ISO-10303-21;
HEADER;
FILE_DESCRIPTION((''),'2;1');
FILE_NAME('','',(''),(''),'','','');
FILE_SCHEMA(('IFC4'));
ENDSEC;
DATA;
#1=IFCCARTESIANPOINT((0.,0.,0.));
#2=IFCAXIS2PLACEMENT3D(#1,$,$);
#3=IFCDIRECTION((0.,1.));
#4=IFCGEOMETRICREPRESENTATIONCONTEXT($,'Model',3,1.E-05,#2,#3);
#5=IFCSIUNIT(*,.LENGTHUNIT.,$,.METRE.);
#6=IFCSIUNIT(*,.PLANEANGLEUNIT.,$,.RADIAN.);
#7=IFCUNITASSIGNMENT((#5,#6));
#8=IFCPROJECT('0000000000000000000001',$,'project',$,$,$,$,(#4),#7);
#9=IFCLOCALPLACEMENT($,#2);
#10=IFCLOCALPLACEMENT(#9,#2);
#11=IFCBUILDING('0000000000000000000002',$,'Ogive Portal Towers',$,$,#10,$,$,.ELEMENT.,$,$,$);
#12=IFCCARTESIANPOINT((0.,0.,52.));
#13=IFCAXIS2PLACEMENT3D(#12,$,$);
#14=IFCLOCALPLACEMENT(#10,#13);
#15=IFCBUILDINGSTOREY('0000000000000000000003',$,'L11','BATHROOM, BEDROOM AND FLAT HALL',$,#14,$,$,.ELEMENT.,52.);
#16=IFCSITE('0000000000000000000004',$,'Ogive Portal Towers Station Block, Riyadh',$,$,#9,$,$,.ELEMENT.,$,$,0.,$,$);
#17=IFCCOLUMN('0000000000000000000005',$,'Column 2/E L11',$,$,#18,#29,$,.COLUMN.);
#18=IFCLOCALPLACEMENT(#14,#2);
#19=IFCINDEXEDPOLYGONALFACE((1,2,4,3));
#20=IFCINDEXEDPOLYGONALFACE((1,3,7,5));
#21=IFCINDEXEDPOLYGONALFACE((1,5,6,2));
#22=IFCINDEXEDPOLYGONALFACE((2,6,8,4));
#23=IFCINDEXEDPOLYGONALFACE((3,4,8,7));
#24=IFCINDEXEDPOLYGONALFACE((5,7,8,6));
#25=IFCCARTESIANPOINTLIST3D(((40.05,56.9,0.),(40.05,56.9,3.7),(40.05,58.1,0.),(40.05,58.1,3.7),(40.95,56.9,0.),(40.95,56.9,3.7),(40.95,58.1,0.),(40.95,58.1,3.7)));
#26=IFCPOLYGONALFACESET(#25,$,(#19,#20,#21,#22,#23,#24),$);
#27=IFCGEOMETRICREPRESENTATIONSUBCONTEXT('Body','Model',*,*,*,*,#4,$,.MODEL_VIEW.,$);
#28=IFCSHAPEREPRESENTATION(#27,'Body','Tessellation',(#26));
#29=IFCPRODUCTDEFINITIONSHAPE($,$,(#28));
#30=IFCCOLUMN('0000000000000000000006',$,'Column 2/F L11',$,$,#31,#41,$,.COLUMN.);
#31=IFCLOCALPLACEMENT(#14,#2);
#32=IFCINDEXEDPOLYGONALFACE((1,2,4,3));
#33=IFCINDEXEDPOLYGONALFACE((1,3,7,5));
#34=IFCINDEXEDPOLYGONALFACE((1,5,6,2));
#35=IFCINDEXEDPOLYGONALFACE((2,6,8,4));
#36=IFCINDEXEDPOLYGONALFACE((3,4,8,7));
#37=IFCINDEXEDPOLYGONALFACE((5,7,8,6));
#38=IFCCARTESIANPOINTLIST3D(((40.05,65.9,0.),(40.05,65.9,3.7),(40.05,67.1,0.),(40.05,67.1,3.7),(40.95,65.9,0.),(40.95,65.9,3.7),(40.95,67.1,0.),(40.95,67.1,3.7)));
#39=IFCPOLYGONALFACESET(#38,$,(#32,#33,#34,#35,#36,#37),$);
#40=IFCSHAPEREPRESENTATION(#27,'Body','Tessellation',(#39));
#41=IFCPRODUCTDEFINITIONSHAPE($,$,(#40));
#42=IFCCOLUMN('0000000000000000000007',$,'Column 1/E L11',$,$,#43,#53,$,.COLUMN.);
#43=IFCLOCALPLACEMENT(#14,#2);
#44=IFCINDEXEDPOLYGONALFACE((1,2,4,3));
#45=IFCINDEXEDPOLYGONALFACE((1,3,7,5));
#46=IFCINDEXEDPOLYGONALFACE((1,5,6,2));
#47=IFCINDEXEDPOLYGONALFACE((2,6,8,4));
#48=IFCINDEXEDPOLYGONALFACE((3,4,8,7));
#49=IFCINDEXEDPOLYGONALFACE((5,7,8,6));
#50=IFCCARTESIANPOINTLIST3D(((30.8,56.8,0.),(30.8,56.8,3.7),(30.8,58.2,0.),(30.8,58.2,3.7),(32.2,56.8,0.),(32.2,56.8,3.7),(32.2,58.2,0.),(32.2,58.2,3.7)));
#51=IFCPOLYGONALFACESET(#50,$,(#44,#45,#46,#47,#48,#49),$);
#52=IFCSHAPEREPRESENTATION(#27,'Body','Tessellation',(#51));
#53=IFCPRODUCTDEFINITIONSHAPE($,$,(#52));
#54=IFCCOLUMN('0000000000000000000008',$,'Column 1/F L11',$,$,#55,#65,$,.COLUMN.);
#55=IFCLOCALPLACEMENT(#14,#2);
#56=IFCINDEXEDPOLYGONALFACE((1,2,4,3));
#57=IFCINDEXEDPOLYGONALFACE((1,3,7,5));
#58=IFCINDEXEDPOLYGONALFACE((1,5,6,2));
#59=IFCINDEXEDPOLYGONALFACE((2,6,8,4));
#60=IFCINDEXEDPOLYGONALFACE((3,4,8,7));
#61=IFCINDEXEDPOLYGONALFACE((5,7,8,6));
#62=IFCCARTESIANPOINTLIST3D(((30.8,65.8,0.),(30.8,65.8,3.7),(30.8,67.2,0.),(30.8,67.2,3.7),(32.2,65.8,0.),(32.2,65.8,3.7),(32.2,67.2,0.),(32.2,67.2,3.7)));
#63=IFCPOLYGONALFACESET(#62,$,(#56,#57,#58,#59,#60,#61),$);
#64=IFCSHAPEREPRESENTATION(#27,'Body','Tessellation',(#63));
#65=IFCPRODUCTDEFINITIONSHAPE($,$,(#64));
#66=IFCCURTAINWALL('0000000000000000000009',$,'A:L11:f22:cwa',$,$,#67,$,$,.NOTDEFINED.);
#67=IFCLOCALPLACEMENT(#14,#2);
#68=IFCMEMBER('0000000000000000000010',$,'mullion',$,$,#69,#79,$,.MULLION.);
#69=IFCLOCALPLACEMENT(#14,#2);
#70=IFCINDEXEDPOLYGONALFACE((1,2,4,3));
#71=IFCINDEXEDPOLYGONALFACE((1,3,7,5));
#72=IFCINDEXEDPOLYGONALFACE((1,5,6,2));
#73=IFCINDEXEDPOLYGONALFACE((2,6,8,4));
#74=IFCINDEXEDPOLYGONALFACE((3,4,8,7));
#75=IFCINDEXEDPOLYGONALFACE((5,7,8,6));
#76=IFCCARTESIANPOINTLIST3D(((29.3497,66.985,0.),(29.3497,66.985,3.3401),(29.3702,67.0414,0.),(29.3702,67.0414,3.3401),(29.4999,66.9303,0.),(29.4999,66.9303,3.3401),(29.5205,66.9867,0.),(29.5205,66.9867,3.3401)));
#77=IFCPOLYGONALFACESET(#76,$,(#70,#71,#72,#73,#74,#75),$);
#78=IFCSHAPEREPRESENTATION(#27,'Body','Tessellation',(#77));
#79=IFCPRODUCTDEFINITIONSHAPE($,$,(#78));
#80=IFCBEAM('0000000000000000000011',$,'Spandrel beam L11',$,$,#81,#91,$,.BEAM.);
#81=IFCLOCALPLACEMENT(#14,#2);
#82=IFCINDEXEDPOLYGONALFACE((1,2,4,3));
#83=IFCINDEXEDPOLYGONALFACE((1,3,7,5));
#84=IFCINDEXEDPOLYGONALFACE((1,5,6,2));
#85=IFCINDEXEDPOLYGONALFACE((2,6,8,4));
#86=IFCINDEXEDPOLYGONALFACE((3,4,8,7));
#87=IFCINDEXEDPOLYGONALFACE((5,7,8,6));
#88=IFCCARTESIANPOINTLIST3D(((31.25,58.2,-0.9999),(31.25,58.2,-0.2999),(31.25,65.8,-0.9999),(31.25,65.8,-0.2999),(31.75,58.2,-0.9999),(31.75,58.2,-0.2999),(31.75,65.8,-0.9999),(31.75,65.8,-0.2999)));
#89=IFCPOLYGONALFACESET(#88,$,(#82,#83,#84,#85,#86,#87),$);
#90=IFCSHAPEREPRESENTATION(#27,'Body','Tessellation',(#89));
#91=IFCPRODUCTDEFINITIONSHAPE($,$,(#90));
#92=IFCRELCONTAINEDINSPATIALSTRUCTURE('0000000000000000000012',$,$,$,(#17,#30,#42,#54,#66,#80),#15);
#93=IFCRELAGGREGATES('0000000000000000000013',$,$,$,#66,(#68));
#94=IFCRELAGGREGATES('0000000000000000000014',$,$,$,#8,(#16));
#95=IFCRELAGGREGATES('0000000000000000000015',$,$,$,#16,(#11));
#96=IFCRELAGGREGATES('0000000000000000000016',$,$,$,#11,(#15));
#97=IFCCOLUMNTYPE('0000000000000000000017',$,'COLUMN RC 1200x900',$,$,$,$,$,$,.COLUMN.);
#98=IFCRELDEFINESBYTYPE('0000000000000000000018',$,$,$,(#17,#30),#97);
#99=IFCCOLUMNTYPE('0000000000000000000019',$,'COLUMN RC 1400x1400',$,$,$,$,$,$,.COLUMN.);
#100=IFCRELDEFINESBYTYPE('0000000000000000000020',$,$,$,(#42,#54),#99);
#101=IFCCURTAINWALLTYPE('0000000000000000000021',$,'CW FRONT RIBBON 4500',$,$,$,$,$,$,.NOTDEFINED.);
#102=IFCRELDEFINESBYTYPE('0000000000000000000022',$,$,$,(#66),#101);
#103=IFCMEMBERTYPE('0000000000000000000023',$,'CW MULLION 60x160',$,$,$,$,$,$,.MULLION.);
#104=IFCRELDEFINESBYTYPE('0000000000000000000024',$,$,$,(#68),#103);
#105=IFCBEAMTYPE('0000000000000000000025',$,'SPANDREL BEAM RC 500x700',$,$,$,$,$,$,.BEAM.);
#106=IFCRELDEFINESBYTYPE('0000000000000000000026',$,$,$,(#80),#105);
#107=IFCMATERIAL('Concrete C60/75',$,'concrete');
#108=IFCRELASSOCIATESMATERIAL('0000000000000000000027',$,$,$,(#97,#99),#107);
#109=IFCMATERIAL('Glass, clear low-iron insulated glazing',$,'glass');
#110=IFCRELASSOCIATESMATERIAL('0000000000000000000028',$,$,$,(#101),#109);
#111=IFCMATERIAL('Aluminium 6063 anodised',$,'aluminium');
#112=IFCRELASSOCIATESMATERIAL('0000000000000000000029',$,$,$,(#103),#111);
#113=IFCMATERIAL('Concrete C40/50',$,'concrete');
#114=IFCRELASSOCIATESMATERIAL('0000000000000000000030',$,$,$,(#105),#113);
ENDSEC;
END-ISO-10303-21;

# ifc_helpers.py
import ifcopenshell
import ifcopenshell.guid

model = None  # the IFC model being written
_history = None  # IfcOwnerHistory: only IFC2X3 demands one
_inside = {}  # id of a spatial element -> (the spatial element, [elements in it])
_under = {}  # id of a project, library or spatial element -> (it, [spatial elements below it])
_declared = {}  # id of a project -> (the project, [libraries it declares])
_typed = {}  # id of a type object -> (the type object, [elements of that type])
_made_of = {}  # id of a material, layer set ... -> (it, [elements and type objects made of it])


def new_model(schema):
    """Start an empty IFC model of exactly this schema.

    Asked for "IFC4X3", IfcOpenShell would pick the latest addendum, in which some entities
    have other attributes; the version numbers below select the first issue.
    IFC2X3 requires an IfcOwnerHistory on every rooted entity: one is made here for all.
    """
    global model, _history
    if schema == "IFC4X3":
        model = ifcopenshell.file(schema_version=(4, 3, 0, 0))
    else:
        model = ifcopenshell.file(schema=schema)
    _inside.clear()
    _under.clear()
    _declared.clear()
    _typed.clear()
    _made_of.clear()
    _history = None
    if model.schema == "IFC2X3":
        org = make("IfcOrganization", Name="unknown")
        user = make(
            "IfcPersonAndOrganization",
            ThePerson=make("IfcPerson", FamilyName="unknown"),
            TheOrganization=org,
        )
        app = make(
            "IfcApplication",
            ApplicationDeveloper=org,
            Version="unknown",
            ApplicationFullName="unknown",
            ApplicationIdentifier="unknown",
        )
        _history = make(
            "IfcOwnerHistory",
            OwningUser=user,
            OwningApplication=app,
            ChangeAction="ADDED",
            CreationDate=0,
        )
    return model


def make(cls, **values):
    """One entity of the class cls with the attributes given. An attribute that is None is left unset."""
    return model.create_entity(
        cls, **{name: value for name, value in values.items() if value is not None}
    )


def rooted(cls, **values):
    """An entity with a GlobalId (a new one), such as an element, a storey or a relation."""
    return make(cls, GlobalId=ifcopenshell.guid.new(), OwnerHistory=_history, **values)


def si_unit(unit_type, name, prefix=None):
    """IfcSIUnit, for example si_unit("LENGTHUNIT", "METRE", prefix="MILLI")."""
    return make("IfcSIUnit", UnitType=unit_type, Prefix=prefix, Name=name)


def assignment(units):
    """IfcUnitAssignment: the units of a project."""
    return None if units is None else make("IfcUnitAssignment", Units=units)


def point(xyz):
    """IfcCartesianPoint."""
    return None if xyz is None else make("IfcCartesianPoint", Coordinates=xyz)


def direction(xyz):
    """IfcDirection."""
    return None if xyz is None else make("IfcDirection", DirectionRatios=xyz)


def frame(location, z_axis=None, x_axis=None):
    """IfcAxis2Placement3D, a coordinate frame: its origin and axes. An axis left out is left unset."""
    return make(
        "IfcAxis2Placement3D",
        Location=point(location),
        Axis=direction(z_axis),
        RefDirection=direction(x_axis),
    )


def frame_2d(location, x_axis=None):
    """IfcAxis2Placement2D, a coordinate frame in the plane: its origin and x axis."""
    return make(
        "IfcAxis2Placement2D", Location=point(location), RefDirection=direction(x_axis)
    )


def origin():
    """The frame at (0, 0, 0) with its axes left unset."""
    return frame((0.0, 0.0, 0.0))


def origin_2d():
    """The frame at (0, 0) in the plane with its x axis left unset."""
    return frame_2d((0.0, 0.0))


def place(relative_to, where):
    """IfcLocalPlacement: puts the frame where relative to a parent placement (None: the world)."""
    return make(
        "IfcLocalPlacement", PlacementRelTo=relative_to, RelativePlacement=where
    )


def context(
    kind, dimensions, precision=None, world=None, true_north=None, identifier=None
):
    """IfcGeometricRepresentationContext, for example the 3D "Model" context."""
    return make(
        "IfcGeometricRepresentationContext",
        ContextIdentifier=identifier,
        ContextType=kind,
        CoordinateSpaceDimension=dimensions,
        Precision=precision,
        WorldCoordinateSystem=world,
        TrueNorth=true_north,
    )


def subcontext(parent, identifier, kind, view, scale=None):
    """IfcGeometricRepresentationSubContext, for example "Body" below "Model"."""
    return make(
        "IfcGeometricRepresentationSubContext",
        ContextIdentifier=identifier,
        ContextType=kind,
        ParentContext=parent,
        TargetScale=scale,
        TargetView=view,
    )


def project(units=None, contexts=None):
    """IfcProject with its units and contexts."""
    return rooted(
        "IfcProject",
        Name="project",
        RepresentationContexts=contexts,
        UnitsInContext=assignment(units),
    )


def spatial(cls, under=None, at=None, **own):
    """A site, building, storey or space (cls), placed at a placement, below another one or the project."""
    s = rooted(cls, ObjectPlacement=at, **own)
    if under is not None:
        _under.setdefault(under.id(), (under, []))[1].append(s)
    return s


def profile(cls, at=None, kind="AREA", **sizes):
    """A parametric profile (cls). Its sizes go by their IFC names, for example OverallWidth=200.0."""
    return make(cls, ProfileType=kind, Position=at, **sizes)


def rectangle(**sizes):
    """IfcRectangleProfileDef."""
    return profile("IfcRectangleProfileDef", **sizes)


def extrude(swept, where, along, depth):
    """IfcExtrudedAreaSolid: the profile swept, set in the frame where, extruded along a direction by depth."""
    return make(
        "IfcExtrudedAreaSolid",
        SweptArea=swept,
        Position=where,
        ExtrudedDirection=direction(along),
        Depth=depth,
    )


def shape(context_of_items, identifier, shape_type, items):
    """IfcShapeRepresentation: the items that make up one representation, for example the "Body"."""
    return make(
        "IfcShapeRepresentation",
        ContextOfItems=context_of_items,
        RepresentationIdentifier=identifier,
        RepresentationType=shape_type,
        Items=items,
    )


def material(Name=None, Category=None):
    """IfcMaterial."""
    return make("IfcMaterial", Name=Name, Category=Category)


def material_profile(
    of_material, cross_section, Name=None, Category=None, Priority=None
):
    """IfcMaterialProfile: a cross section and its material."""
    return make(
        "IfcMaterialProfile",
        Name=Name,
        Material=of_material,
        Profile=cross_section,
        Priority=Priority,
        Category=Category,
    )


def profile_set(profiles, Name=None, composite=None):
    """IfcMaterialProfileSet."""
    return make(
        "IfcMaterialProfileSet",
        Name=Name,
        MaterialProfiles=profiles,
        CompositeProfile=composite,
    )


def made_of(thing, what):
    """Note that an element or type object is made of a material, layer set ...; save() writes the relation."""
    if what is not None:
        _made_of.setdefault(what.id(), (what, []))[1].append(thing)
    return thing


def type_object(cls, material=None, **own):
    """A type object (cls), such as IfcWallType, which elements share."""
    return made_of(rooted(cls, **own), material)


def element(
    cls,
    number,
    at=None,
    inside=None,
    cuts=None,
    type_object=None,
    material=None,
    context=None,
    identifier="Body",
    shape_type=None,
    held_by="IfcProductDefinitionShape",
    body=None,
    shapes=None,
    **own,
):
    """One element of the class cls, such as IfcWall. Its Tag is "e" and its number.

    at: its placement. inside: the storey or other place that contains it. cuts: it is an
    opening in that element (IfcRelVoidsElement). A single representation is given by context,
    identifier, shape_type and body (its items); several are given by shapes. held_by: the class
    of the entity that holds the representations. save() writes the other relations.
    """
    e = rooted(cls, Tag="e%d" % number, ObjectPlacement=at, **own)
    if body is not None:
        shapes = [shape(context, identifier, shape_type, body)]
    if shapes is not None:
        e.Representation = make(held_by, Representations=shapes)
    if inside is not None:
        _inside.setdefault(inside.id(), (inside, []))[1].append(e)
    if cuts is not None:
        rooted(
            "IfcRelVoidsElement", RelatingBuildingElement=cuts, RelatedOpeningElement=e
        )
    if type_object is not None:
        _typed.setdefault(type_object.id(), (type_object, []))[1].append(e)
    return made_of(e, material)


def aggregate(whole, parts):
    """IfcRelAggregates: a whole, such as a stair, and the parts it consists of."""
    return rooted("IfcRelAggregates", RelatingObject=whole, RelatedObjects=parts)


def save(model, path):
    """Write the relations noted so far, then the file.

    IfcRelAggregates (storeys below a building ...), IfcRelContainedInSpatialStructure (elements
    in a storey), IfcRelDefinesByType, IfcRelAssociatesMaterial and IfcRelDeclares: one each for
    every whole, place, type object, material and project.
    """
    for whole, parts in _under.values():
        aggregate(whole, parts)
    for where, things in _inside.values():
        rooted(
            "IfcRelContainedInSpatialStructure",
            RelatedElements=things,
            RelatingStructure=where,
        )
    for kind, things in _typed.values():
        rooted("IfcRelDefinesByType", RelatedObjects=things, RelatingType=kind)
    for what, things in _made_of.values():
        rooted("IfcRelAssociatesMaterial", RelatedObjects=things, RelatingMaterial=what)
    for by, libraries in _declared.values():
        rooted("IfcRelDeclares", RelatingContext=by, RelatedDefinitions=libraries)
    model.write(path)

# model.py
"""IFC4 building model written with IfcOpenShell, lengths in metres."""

from ifc_helpers import new_model, si_unit, direction, frame, origin, origin_2d, place, context, subcontext, project, spatial, rectangle, extrude, material, material_profile, profile_set, type_object, element, aggregate, save


model = new_model("IFC4")

# Units and contexts
model_context = context("Model", 3, precision=1e-05, world=origin(), true_north=direction((0.0, 1.0)))
body_context = subcontext(model_context, "Body", "Model", "MODEL_VIEW")
ifc_project = project(units=[si_unit("LENGTHUNIT", "METRE"), si_unit("PLANEANGLEUNIT", "RADIAN")], contexts=[model_context])

# Site, building, storey
site_placement = place(None, origin())
site = spatial("IfcSite", under=ifc_project, at=site_placement, Name="Ogive Portal Towers Station Block, Riyadh", CompositionType="ELEMENT", RefElevation=0.0)
building_placement = place(site_placement, origin())
building = spatial("IfcBuilding", under=site, at=building_placement, Name="Ogive Portal Towers", CompositionType="ELEMENT")
storey_placement = place(building_placement, frame((0.0, 0.0, 52.0)))
storey = spatial("IfcBuildingStorey", under=building, at=storey_placement, Name="L11", Description="BATHROOM, BEDROOM AND FLAT HALL", CompositionType="ELEMENT", Elevation=52.0)

# Columns
ifc_material_1 = material(Name="Concrete C60/75", Category="concrete")
ifc_material_profile_1 = material_profile(ifc_material_1, rectangle(XDim=1.2, YDim=0.8999, at=origin_2d()), Name="RC 1200x900")
ifc_profile_set_1 = profile_set([ifc_material_profile_1], Name="Concrete C60/75")
column_type_1 = type_object("IfcColumnType", Name="COLUMN RC 1200x900", PredefinedType="COLUMN", material=ifc_profile_set_1)
for number, where, z_axis, x_axis, name in (
    (1, (40.5, 57.5, 0.0), (0.0, 0.0, 1.0), (0.0, 1.0, 0.0), "Column 2/E L11"),
    (2, (40.5, 66.5, 0.0), (0.0, 0.0, 1.0), (0.0, 1.0, 0.0), "Column 2/F L11"),
):
    element("IfcColumn", number, at=place(storey_placement, frame(where, z_axis=z_axis, x_axis=x_axis)), inside=storey, type_object=column_type_1, Name=name, PredefinedType="COLUMN", context=body_context, shape_type="SweptSolid", body=[
        extrude(rectangle(XDim=1.2, YDim=0.8999, at=origin_2d()), origin(), (0.0, 0.0, 1.0), 3.7),
    ])
ifc_material_profile_2 = material_profile(ifc_material_1, rectangle(XDim=1.3999, YDim=1.3999, at=origin_2d()), Name="RC 1400x1400")
ifc_profile_set_2 = profile_set([ifc_material_profile_2], Name="Concrete C60/75")
column_type_2 = type_object("IfcColumnType", Name="COLUMN RC 1400x1400", PredefinedType="COLUMN", material=ifc_profile_set_2)
for number, where, z_axis, x_axis, name in (
    (3, (31.5, 57.5, 0.0), (0.0, 0.0, 1.0), (1.0, 0.0, 0.0), "Column 1/E L11"),
    (4, (31.5, 66.5, 0.0), (0.0, 0.0, 1.0), (1.0, 0.0, 0.0), "Column 1/F L11"),
):
    element("IfcColumn", number, at=place(storey_placement, frame(where, z_axis=z_axis, x_axis=x_axis)), inside=storey, type_object=column_type_2, Name=name, PredefinedType="COLUMN", context=body_context, shape_type="SweptSolid", body=[
        extrude(rectangle(XDim=1.3999, YDim=1.3999, at=origin_2d()), origin(), (0.0, 0.0, 1.0), 3.7),
    ])

# Curtain wall, member
ifc_material_2 = material(Name="Glass, clear low-iron insulated glazing", Category="glass")
curtain_wall_type = type_object("IfcCurtainWallType", Name="CW FRONT RIBBON 4500", PredefinedType="NOTDEFINED", material=ifc_material_2)
curtain_wall_placement = place(storey_placement, origin())
curtain_wall = element("IfcCurtainWall", 5, at=curtain_wall_placement, inside=storey, type_object=curtain_wall_type, Name="A:L11:f22:cwa", PredefinedType="NOTDEFINED")
ifc_material_3 = material(Name="Aluminium 6063 anodised", Category="aluminium")
ifc_material_profile_3 = material_profile(ifc_material_3, rectangle(XDim=0.1599, YDim=0.0601, at=origin_2d()), Name="AL 60x160")
ifc_profile_set_3 = profile_set([ifc_material_profile_3], Name="Aluminium 6063 anodised")
member_type = type_object("IfcMemberType", Name="CW MULLION 60x160", PredefinedType="MULLION", material=ifc_profile_set_3)
member_placement = place(storey_placement, frame((29.4351, 66.9858, 0.0), z_axis=(0.0, 0.0, 1.0), x_axis=(0.939693, -0.34202, 0.0)))
member = element("IfcMember", 6, at=member_placement, type_object=member_type, Name="mullion", PredefinedType="MULLION", context=body_context, shape_type="SweptSolid", body=[
    extrude(rectangle(XDim=0.1599, YDim=0.0601, at=origin_2d()), origin(), (0.0, 0.0, 1.0), 3.3401),
])
aggregate(curtain_wall, [member])

# Beam
ifc_material_4 = material(Name="Concrete C40/50", Category="concrete")
ifc_material_profile_4 = material_profile(ifc_material_4, rectangle(XDim=0.5, YDim=0.7, at=origin_2d()), Name="RC 500x700")
ifc_profile_set_4 = profile_set([ifc_material_profile_4], Name="Concrete C40/50")
beam_type = type_object("IfcBeamType", Name="SPANDREL BEAM RC 500x700", PredefinedType="BEAM", material=ifc_profile_set_4)
beam_placement = place(storey_placement, frame((31.5, 58.2, -0.6499), z_axis=(0.0, 1.0, 0.0), x_axis=(-1.0, 0.0, 0.0)))
element("IfcBeam", 7, at=beam_placement, inside=storey, type_object=beam_type, Name="Spandrel beam L11", PredefinedType="BEAM", context=body_context, shape_type="SweptSolid", body=[
    extrude(rectangle(XDim=0.5, YDim=0.7, at=origin_2d()), origin(), (0.0, 0.0, 1.0), 7.6001),
])

save(model, "model.ifc")
